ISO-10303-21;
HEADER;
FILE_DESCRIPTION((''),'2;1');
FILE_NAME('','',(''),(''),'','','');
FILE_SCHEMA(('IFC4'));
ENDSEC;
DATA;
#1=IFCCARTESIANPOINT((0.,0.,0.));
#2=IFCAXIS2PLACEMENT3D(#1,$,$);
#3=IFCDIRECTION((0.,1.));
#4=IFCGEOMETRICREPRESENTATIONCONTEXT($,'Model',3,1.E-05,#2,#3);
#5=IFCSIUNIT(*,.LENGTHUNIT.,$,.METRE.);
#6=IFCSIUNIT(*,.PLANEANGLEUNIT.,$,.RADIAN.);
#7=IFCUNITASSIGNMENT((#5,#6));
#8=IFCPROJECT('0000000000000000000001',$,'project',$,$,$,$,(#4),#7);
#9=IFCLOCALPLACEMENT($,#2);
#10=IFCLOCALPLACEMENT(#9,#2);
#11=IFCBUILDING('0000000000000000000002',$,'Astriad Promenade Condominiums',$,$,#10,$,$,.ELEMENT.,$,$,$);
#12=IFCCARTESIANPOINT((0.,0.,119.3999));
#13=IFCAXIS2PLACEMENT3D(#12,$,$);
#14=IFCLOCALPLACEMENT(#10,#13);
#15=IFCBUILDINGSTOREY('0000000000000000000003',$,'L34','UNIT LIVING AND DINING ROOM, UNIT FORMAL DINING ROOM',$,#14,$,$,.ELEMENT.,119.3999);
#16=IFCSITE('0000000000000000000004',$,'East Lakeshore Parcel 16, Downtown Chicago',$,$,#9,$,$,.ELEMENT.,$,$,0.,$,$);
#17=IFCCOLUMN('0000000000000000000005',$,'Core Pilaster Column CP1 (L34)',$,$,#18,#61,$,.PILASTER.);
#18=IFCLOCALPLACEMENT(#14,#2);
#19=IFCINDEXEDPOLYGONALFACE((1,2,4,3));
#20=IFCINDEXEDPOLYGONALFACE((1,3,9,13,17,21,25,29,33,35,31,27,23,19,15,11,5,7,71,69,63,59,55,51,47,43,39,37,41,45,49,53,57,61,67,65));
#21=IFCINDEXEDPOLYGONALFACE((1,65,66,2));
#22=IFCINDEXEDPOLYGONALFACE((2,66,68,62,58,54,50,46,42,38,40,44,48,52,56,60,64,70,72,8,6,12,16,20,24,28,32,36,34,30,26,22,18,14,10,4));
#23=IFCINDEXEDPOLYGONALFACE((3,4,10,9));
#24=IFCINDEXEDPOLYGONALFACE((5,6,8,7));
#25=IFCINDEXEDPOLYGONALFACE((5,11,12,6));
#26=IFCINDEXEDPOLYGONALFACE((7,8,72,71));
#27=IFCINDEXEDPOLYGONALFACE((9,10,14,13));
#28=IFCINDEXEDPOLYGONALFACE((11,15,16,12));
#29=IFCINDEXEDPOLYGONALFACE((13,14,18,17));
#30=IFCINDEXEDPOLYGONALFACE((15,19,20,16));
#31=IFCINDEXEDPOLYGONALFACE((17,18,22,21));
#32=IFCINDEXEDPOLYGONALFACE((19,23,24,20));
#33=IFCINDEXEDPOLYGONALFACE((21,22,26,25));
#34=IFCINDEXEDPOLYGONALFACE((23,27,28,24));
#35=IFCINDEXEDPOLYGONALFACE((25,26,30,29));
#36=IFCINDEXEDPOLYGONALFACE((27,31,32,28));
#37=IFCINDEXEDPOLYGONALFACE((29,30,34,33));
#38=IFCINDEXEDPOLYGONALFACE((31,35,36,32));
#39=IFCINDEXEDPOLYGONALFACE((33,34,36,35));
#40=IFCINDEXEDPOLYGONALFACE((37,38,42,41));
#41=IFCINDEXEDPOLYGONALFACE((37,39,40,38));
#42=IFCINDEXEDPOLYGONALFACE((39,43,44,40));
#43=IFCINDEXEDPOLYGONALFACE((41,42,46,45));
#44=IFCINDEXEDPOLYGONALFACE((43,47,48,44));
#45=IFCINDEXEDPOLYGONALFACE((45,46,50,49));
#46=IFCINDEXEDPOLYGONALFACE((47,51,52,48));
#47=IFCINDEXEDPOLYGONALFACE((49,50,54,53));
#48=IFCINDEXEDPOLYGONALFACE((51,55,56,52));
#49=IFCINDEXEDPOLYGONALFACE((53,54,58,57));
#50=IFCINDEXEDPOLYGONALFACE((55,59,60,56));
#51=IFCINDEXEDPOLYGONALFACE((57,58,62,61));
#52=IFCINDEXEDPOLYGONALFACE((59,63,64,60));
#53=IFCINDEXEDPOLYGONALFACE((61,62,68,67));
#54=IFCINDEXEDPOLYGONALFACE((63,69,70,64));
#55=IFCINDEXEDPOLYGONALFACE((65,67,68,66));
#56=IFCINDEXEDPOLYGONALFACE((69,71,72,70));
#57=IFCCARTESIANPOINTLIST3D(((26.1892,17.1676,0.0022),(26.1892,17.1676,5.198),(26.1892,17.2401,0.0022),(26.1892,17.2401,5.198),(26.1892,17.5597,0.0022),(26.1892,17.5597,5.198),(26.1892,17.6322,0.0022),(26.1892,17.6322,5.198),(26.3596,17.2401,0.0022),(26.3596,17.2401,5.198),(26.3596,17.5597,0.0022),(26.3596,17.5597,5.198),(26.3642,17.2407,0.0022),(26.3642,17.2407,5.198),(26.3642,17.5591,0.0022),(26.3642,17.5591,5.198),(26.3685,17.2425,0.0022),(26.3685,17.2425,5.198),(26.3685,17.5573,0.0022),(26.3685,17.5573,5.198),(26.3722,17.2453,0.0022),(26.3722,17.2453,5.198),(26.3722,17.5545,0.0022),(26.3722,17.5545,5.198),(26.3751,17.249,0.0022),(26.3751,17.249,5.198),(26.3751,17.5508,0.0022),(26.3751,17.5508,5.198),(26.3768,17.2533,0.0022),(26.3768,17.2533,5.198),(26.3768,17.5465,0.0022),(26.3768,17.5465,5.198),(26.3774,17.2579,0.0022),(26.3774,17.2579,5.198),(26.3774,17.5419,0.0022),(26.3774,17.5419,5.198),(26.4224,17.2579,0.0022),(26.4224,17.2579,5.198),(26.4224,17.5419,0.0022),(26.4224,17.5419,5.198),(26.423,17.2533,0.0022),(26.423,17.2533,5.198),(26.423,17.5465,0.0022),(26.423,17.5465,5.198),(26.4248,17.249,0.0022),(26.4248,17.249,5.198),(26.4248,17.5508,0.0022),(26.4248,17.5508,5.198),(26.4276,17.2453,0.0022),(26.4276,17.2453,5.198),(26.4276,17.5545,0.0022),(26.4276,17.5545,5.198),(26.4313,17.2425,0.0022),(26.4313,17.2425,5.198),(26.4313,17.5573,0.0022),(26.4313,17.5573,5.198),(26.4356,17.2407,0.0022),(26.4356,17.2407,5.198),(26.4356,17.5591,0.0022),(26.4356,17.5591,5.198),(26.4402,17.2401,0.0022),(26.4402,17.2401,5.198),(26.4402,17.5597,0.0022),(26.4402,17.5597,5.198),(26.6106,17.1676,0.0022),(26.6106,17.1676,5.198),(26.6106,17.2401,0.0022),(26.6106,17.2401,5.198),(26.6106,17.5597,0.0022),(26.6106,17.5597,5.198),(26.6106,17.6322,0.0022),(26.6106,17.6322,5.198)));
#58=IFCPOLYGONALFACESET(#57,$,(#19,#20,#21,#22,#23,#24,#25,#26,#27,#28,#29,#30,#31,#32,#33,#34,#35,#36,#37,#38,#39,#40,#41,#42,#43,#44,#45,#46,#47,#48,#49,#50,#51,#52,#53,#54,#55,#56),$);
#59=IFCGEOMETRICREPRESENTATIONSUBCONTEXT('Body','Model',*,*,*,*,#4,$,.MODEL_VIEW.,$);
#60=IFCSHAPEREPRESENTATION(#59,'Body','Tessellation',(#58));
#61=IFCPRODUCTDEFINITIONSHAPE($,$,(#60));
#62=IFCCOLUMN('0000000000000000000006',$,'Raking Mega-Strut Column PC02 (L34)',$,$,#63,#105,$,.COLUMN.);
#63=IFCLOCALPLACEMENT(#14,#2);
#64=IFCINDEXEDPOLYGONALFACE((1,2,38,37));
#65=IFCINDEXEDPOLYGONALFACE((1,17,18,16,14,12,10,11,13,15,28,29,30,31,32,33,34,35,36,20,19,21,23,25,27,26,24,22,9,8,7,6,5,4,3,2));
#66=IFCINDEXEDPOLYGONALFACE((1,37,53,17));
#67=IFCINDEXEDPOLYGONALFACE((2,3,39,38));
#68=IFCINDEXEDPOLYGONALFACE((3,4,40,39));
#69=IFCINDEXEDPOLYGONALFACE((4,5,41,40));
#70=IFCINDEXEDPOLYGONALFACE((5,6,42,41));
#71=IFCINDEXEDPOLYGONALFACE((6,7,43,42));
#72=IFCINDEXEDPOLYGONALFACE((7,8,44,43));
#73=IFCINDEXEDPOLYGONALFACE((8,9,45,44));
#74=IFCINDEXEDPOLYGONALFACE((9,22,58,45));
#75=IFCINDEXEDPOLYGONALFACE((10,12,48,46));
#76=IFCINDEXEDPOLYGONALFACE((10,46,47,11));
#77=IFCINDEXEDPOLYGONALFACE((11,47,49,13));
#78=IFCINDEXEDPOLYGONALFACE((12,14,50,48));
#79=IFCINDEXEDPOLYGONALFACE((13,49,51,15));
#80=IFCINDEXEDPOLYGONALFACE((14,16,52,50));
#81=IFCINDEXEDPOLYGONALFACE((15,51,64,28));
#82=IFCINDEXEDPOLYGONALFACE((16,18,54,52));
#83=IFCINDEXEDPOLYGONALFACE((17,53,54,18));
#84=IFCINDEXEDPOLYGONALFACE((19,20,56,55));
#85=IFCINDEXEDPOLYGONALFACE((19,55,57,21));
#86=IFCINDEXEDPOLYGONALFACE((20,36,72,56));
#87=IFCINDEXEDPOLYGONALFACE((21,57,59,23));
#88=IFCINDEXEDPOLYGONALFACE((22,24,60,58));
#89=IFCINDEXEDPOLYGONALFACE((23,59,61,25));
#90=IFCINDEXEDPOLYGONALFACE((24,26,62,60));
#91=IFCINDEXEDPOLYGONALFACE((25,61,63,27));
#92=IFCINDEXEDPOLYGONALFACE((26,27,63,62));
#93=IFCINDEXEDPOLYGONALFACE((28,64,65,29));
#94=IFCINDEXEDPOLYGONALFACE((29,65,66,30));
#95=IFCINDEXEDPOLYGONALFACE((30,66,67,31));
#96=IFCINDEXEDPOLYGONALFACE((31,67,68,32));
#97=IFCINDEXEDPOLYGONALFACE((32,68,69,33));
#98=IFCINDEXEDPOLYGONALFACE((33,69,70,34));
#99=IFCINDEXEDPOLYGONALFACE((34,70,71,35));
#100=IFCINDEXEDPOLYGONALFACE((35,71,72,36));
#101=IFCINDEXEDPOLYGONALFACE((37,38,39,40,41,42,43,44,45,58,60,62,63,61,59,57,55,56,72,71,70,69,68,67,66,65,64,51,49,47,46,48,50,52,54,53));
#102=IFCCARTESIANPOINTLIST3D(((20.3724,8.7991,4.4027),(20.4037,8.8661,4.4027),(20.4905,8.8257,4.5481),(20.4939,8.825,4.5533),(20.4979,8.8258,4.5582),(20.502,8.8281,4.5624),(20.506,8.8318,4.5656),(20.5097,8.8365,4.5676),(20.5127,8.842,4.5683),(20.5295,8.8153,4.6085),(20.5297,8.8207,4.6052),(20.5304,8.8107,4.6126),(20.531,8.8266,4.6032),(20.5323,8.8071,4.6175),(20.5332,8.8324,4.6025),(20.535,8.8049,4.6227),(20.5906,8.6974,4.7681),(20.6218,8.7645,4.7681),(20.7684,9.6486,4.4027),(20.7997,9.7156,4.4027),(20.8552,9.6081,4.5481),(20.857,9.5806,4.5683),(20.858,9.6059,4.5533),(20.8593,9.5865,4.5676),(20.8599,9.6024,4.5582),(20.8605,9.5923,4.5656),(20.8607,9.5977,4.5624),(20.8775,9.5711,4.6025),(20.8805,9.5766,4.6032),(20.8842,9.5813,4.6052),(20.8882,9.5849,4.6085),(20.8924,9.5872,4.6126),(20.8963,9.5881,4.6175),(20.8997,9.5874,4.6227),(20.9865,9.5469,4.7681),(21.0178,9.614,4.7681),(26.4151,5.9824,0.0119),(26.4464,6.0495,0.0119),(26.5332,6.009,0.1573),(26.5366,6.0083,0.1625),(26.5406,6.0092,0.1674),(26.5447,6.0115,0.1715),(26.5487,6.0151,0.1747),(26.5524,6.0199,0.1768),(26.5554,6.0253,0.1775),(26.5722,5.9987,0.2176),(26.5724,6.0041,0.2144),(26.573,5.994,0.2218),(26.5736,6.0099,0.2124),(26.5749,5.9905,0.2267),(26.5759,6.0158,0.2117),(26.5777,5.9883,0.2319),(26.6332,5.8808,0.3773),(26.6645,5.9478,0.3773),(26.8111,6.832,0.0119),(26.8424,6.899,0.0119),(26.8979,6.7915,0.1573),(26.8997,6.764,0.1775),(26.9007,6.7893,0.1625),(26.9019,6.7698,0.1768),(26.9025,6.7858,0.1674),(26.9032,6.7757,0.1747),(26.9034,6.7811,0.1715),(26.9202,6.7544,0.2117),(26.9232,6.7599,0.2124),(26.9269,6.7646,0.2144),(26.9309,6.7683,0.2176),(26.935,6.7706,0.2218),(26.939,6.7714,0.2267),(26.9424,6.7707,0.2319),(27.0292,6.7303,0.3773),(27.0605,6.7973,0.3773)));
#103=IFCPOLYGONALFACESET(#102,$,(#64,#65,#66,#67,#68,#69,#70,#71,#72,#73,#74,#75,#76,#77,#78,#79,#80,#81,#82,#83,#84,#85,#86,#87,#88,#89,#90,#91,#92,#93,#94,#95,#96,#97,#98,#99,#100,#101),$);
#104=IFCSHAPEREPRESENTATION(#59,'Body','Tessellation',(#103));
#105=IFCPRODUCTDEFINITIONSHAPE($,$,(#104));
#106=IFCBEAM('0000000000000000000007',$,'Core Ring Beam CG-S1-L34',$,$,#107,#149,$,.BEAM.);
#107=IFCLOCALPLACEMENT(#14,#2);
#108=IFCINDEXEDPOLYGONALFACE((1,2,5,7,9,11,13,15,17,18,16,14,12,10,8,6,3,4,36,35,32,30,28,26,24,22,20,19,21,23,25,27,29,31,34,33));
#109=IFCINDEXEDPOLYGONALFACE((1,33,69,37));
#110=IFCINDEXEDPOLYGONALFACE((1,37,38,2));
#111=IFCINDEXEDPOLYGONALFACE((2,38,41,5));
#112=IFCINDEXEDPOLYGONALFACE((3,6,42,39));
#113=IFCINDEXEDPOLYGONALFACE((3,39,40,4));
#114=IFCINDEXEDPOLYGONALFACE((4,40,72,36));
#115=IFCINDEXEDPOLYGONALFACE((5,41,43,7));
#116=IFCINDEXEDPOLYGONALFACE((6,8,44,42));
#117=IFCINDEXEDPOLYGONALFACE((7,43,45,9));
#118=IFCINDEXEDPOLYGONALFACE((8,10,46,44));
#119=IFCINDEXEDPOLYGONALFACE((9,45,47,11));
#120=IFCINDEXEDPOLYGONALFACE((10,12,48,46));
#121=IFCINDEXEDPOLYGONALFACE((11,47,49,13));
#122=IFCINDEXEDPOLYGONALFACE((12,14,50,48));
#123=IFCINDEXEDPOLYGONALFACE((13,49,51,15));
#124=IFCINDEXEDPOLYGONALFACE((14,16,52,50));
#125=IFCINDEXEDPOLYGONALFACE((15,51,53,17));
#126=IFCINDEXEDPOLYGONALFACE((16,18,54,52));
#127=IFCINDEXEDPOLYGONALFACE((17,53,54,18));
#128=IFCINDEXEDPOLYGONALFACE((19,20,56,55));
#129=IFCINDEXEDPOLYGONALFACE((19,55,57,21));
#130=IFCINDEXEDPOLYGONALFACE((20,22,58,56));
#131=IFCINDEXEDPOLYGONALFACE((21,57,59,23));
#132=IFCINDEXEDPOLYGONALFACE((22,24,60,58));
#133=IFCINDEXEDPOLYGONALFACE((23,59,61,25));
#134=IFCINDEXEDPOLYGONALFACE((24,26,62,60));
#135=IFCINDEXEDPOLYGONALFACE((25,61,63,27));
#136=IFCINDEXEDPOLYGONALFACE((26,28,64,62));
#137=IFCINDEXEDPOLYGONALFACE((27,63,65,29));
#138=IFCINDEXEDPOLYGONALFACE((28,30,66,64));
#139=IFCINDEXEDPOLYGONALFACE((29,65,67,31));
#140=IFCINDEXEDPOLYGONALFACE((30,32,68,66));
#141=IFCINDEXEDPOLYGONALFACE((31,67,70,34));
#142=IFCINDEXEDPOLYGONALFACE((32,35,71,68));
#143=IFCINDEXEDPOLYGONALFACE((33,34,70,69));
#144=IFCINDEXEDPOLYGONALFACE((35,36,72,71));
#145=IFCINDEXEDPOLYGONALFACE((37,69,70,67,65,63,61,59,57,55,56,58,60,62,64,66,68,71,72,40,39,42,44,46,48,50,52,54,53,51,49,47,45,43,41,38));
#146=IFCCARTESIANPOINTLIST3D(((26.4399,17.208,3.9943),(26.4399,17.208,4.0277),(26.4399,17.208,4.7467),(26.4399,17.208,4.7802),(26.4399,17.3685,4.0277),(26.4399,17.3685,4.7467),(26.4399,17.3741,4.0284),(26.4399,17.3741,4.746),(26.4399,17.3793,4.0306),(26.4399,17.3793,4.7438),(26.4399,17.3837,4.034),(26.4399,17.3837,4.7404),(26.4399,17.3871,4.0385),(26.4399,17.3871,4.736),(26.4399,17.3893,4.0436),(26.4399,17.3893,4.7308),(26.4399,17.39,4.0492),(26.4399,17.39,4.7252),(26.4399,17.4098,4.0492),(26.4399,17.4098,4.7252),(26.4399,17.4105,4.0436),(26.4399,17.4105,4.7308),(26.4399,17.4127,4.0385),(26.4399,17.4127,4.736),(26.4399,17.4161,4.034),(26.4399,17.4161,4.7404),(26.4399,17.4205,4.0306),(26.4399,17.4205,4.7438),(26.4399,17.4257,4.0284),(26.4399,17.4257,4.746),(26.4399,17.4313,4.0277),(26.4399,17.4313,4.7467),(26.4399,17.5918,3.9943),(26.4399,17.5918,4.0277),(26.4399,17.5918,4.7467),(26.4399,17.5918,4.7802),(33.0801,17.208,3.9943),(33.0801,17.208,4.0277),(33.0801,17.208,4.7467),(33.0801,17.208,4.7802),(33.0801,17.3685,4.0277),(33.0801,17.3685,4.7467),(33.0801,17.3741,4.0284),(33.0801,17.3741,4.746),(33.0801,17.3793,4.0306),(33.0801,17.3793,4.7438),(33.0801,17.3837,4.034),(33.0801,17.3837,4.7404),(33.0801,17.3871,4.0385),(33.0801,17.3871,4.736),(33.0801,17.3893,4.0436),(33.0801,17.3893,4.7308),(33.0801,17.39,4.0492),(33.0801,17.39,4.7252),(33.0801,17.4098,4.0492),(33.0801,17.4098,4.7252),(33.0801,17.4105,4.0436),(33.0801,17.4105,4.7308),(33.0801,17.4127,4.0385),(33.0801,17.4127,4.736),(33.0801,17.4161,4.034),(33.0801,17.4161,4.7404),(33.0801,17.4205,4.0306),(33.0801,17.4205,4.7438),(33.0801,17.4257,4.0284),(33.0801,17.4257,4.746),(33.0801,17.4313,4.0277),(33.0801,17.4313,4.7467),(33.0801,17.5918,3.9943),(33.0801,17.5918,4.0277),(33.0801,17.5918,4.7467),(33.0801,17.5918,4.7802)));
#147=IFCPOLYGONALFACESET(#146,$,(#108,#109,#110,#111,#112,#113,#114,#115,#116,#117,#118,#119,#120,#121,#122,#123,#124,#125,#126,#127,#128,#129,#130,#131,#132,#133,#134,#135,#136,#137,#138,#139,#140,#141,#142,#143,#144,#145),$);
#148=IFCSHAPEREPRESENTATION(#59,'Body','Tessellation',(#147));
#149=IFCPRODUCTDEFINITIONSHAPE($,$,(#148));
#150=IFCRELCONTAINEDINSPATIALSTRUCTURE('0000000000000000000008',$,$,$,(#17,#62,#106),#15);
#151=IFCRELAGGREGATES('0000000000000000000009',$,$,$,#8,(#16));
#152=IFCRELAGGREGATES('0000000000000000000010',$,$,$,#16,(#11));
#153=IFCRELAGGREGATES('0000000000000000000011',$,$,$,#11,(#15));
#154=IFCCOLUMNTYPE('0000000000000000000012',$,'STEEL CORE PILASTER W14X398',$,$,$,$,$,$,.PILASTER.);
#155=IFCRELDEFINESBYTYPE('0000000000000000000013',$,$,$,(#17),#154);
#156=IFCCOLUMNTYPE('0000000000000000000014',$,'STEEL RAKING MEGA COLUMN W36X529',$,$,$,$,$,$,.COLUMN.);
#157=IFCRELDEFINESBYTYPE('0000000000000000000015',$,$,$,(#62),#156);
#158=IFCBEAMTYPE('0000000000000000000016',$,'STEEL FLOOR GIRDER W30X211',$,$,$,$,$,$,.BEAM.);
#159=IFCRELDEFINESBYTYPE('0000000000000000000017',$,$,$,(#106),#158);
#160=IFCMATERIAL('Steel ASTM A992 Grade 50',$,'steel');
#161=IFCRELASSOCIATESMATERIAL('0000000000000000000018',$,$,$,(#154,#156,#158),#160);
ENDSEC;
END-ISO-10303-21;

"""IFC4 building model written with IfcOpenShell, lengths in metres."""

from ifc_helpers import new_model, si_unit, direction, frame, origin, origin_2d, place, context, subcontext, project, spatial, i_section, extrude, source, transform, mapped, material, material_profile, profile_set, type_object, type_shapes, element, save


model = new_model("IFC4")

# Units and contexts
model_context = context("Model", 3, precision=1e-05, world=origin(), true_north=direction((0.0, 1.0)))
body_context = subcontext(model_context, "Body", "Model", "MODEL_VIEW")
ifc_project = project(units=[si_unit("LENGTHUNIT", "METRE"), si_unit("PLANEANGLEUNIT", "RADIAN")], contexts=[model_context])

# Site, building, storey
site_placement = place(None, origin())
site = spatial("IfcSite", under=ifc_project, at=site_placement, Name="East Lakeshore Parcel 16, Downtown Chicago", CompositionType="ELEMENT", RefElevation=0.0)
building_placement = place(site_placement, origin())
building = spatial("IfcBuilding", under=site, at=building_placement, Name="Astriad Promenade Condominiums", CompositionType="ELEMENT")
storey_placement = place(building_placement, frame((0.0, 0.0, 119.3999)))
storey = spatial("IfcBuildingStorey", under=building, at=storey_placement, Name="L34", Description="UNIT LIVING AND DINING ROOM, UNIT FORMAL DINING ROOM", CompositionType="ELEMENT", Elevation=119.3999)

# Columns
ifc_material_1 = material(Name="Steel ASTM A992 Grade 50", Category="steel")
ifc_material_profile_1 = material_profile(ifc_material_1, i_section(OverallWidth=0.4214, OverallDepth=0.4646, WebThickness=0.0449, FlangeThickness=0.0725, FilletRadius=0.0178, at=origin_2d()), Name="W14X398")
ifc_profile_set_1 = profile_set([ifc_material_profile_1], Name="Steel ASTM A992 Grade 50")
column_type_1 = type_object("IfcColumnType", Name="STEEL CORE PILASTER W14X398", PredefinedType="PILASTER", material=ifc_profile_set_1)
shared_shape_1 = source(origin(), body_context, "Body", "SweptSolid", [
    extrude(i_section(OverallWidth=0.4214, OverallDepth=0.4646, WebThickness=0.0449, FlangeThickness=0.0725, FilletRadius=0.0178, at=origin_2d()), origin(), (0.0, 0.0, 1.0), 5.1958),
])
type_shapes(column_type_1, [shared_shape_1])
column_1_placement = place(storey_placement, frame((26.3999, 17.3999, 0.0022), z_axis=(0.0, 0.0, 1.0), x_axis=(1.0, 0.0, 0.0)))
element("IfcColumn", 1, at=column_1_placement, inside=storey, type_object=column_type_1, Name="Core Pilaster Column CP1 (L34)", PredefinedType="PILASTER", context=body_context, shape_type="MappedRepresentation", body=[
    mapped(shared_shape_1, transform((0.0, 0.0, 0.0), scale=1.0)),
])
ifc_material_profile_2 = material_profile(ifc_material_1, i_section(OverallWidth=0.4375, OverallDepth=1.0112, WebThickness=0.041, FlangeThickness=0.074, FilletRadius=0.0242, at=origin_2d()), Name="W36X529")
ifc_profile_set_2 = profile_set([ifc_material_profile_2], Name="Steel ASTM A992 Grade 50")
column_type_2 = type_object("IfcColumnType", Name="STEEL RAKING MEGA COLUMN W36X529", PredefinedType="COLUMN", material=ifc_profile_set_2)
shared_shape_2 = source(origin(), body_context, "Body", "SweptSolid", [
    extrude(i_section(OverallWidth=0.4375, OverallDepth=1.0112, WebThickness=0.041, FlangeThickness=0.074, FilletRadius=0.0242, at=origin_2d()), origin(), (0.0, 0.0, 1.0), 7.9829),
])
type_shapes(column_type_2, [shared_shape_2])
column_2_placement = place(storey_placement, frame((26.7378, 6.3899, 0.1946), z_axis=(-0.756952, 0.352832, 0.55003), x_axis=(0.498532, -0.232377, 0.835145)))
element("IfcColumn", 2, at=column_2_placement, inside=storey, type_object=column_type_2, Name="Raking Mega-Strut Column PC02 (L34)", PredefinedType="COLUMN", context=body_context, shape_type="MappedRepresentation", body=[
    mapped(shared_shape_2, transform((0.0, 0.0, 0.0), scale=1.0)),
])

# Beam
ifc_material_profile_3 = material_profile(ifc_material_1, i_section(OverallWidth=0.3838, OverallDepth=0.7859, WebThickness=0.0198, FlangeThickness=0.0334, FilletRadius=0.0215, at=origin_2d()), Name="W30X211")
ifc_profile_set_3 = profile_set([ifc_material_profile_3], Name="Steel ASTM A992 Grade 50")
beam_type_1 = type_object("IfcBeamType", Name="STEEL FLOOR GIRDER W30X211", PredefinedType="BEAM", material=ifc_profile_set_3)
shared_shape_3 = source(origin(), body_context, "Body", "SweptSolid", [
    extrude(i_section(OverallWidth=0.3838, OverallDepth=0.7859, WebThickness=0.0198, FlangeThickness=0.0334, FilletRadius=0.0215, at=origin_2d()), origin(), (0.0, 0.0, 1.0), 6.6401),
])
type_shapes(beam_type_1, [shared_shape_3])
beam_1_placement = place(storey_placement, frame((26.4399, 17.3999, 4.3872), z_axis=(1.0, 0.0, 0.0), x_axis=(0.0, 1.0, 0.0)))
element("IfcBeam", 3, at=beam_1_placement, inside=storey, type_object=beam_type_1, Name="Core Ring Beam CG-S1-L34", PredefinedType="BEAM", context=body_context, shape_type="MappedRepresentation", body=[
    mapped(shared_shape_3, transform((0.0, 0.0, 0.0), scale=1.0)),
])

save(model, "model.ifc")
